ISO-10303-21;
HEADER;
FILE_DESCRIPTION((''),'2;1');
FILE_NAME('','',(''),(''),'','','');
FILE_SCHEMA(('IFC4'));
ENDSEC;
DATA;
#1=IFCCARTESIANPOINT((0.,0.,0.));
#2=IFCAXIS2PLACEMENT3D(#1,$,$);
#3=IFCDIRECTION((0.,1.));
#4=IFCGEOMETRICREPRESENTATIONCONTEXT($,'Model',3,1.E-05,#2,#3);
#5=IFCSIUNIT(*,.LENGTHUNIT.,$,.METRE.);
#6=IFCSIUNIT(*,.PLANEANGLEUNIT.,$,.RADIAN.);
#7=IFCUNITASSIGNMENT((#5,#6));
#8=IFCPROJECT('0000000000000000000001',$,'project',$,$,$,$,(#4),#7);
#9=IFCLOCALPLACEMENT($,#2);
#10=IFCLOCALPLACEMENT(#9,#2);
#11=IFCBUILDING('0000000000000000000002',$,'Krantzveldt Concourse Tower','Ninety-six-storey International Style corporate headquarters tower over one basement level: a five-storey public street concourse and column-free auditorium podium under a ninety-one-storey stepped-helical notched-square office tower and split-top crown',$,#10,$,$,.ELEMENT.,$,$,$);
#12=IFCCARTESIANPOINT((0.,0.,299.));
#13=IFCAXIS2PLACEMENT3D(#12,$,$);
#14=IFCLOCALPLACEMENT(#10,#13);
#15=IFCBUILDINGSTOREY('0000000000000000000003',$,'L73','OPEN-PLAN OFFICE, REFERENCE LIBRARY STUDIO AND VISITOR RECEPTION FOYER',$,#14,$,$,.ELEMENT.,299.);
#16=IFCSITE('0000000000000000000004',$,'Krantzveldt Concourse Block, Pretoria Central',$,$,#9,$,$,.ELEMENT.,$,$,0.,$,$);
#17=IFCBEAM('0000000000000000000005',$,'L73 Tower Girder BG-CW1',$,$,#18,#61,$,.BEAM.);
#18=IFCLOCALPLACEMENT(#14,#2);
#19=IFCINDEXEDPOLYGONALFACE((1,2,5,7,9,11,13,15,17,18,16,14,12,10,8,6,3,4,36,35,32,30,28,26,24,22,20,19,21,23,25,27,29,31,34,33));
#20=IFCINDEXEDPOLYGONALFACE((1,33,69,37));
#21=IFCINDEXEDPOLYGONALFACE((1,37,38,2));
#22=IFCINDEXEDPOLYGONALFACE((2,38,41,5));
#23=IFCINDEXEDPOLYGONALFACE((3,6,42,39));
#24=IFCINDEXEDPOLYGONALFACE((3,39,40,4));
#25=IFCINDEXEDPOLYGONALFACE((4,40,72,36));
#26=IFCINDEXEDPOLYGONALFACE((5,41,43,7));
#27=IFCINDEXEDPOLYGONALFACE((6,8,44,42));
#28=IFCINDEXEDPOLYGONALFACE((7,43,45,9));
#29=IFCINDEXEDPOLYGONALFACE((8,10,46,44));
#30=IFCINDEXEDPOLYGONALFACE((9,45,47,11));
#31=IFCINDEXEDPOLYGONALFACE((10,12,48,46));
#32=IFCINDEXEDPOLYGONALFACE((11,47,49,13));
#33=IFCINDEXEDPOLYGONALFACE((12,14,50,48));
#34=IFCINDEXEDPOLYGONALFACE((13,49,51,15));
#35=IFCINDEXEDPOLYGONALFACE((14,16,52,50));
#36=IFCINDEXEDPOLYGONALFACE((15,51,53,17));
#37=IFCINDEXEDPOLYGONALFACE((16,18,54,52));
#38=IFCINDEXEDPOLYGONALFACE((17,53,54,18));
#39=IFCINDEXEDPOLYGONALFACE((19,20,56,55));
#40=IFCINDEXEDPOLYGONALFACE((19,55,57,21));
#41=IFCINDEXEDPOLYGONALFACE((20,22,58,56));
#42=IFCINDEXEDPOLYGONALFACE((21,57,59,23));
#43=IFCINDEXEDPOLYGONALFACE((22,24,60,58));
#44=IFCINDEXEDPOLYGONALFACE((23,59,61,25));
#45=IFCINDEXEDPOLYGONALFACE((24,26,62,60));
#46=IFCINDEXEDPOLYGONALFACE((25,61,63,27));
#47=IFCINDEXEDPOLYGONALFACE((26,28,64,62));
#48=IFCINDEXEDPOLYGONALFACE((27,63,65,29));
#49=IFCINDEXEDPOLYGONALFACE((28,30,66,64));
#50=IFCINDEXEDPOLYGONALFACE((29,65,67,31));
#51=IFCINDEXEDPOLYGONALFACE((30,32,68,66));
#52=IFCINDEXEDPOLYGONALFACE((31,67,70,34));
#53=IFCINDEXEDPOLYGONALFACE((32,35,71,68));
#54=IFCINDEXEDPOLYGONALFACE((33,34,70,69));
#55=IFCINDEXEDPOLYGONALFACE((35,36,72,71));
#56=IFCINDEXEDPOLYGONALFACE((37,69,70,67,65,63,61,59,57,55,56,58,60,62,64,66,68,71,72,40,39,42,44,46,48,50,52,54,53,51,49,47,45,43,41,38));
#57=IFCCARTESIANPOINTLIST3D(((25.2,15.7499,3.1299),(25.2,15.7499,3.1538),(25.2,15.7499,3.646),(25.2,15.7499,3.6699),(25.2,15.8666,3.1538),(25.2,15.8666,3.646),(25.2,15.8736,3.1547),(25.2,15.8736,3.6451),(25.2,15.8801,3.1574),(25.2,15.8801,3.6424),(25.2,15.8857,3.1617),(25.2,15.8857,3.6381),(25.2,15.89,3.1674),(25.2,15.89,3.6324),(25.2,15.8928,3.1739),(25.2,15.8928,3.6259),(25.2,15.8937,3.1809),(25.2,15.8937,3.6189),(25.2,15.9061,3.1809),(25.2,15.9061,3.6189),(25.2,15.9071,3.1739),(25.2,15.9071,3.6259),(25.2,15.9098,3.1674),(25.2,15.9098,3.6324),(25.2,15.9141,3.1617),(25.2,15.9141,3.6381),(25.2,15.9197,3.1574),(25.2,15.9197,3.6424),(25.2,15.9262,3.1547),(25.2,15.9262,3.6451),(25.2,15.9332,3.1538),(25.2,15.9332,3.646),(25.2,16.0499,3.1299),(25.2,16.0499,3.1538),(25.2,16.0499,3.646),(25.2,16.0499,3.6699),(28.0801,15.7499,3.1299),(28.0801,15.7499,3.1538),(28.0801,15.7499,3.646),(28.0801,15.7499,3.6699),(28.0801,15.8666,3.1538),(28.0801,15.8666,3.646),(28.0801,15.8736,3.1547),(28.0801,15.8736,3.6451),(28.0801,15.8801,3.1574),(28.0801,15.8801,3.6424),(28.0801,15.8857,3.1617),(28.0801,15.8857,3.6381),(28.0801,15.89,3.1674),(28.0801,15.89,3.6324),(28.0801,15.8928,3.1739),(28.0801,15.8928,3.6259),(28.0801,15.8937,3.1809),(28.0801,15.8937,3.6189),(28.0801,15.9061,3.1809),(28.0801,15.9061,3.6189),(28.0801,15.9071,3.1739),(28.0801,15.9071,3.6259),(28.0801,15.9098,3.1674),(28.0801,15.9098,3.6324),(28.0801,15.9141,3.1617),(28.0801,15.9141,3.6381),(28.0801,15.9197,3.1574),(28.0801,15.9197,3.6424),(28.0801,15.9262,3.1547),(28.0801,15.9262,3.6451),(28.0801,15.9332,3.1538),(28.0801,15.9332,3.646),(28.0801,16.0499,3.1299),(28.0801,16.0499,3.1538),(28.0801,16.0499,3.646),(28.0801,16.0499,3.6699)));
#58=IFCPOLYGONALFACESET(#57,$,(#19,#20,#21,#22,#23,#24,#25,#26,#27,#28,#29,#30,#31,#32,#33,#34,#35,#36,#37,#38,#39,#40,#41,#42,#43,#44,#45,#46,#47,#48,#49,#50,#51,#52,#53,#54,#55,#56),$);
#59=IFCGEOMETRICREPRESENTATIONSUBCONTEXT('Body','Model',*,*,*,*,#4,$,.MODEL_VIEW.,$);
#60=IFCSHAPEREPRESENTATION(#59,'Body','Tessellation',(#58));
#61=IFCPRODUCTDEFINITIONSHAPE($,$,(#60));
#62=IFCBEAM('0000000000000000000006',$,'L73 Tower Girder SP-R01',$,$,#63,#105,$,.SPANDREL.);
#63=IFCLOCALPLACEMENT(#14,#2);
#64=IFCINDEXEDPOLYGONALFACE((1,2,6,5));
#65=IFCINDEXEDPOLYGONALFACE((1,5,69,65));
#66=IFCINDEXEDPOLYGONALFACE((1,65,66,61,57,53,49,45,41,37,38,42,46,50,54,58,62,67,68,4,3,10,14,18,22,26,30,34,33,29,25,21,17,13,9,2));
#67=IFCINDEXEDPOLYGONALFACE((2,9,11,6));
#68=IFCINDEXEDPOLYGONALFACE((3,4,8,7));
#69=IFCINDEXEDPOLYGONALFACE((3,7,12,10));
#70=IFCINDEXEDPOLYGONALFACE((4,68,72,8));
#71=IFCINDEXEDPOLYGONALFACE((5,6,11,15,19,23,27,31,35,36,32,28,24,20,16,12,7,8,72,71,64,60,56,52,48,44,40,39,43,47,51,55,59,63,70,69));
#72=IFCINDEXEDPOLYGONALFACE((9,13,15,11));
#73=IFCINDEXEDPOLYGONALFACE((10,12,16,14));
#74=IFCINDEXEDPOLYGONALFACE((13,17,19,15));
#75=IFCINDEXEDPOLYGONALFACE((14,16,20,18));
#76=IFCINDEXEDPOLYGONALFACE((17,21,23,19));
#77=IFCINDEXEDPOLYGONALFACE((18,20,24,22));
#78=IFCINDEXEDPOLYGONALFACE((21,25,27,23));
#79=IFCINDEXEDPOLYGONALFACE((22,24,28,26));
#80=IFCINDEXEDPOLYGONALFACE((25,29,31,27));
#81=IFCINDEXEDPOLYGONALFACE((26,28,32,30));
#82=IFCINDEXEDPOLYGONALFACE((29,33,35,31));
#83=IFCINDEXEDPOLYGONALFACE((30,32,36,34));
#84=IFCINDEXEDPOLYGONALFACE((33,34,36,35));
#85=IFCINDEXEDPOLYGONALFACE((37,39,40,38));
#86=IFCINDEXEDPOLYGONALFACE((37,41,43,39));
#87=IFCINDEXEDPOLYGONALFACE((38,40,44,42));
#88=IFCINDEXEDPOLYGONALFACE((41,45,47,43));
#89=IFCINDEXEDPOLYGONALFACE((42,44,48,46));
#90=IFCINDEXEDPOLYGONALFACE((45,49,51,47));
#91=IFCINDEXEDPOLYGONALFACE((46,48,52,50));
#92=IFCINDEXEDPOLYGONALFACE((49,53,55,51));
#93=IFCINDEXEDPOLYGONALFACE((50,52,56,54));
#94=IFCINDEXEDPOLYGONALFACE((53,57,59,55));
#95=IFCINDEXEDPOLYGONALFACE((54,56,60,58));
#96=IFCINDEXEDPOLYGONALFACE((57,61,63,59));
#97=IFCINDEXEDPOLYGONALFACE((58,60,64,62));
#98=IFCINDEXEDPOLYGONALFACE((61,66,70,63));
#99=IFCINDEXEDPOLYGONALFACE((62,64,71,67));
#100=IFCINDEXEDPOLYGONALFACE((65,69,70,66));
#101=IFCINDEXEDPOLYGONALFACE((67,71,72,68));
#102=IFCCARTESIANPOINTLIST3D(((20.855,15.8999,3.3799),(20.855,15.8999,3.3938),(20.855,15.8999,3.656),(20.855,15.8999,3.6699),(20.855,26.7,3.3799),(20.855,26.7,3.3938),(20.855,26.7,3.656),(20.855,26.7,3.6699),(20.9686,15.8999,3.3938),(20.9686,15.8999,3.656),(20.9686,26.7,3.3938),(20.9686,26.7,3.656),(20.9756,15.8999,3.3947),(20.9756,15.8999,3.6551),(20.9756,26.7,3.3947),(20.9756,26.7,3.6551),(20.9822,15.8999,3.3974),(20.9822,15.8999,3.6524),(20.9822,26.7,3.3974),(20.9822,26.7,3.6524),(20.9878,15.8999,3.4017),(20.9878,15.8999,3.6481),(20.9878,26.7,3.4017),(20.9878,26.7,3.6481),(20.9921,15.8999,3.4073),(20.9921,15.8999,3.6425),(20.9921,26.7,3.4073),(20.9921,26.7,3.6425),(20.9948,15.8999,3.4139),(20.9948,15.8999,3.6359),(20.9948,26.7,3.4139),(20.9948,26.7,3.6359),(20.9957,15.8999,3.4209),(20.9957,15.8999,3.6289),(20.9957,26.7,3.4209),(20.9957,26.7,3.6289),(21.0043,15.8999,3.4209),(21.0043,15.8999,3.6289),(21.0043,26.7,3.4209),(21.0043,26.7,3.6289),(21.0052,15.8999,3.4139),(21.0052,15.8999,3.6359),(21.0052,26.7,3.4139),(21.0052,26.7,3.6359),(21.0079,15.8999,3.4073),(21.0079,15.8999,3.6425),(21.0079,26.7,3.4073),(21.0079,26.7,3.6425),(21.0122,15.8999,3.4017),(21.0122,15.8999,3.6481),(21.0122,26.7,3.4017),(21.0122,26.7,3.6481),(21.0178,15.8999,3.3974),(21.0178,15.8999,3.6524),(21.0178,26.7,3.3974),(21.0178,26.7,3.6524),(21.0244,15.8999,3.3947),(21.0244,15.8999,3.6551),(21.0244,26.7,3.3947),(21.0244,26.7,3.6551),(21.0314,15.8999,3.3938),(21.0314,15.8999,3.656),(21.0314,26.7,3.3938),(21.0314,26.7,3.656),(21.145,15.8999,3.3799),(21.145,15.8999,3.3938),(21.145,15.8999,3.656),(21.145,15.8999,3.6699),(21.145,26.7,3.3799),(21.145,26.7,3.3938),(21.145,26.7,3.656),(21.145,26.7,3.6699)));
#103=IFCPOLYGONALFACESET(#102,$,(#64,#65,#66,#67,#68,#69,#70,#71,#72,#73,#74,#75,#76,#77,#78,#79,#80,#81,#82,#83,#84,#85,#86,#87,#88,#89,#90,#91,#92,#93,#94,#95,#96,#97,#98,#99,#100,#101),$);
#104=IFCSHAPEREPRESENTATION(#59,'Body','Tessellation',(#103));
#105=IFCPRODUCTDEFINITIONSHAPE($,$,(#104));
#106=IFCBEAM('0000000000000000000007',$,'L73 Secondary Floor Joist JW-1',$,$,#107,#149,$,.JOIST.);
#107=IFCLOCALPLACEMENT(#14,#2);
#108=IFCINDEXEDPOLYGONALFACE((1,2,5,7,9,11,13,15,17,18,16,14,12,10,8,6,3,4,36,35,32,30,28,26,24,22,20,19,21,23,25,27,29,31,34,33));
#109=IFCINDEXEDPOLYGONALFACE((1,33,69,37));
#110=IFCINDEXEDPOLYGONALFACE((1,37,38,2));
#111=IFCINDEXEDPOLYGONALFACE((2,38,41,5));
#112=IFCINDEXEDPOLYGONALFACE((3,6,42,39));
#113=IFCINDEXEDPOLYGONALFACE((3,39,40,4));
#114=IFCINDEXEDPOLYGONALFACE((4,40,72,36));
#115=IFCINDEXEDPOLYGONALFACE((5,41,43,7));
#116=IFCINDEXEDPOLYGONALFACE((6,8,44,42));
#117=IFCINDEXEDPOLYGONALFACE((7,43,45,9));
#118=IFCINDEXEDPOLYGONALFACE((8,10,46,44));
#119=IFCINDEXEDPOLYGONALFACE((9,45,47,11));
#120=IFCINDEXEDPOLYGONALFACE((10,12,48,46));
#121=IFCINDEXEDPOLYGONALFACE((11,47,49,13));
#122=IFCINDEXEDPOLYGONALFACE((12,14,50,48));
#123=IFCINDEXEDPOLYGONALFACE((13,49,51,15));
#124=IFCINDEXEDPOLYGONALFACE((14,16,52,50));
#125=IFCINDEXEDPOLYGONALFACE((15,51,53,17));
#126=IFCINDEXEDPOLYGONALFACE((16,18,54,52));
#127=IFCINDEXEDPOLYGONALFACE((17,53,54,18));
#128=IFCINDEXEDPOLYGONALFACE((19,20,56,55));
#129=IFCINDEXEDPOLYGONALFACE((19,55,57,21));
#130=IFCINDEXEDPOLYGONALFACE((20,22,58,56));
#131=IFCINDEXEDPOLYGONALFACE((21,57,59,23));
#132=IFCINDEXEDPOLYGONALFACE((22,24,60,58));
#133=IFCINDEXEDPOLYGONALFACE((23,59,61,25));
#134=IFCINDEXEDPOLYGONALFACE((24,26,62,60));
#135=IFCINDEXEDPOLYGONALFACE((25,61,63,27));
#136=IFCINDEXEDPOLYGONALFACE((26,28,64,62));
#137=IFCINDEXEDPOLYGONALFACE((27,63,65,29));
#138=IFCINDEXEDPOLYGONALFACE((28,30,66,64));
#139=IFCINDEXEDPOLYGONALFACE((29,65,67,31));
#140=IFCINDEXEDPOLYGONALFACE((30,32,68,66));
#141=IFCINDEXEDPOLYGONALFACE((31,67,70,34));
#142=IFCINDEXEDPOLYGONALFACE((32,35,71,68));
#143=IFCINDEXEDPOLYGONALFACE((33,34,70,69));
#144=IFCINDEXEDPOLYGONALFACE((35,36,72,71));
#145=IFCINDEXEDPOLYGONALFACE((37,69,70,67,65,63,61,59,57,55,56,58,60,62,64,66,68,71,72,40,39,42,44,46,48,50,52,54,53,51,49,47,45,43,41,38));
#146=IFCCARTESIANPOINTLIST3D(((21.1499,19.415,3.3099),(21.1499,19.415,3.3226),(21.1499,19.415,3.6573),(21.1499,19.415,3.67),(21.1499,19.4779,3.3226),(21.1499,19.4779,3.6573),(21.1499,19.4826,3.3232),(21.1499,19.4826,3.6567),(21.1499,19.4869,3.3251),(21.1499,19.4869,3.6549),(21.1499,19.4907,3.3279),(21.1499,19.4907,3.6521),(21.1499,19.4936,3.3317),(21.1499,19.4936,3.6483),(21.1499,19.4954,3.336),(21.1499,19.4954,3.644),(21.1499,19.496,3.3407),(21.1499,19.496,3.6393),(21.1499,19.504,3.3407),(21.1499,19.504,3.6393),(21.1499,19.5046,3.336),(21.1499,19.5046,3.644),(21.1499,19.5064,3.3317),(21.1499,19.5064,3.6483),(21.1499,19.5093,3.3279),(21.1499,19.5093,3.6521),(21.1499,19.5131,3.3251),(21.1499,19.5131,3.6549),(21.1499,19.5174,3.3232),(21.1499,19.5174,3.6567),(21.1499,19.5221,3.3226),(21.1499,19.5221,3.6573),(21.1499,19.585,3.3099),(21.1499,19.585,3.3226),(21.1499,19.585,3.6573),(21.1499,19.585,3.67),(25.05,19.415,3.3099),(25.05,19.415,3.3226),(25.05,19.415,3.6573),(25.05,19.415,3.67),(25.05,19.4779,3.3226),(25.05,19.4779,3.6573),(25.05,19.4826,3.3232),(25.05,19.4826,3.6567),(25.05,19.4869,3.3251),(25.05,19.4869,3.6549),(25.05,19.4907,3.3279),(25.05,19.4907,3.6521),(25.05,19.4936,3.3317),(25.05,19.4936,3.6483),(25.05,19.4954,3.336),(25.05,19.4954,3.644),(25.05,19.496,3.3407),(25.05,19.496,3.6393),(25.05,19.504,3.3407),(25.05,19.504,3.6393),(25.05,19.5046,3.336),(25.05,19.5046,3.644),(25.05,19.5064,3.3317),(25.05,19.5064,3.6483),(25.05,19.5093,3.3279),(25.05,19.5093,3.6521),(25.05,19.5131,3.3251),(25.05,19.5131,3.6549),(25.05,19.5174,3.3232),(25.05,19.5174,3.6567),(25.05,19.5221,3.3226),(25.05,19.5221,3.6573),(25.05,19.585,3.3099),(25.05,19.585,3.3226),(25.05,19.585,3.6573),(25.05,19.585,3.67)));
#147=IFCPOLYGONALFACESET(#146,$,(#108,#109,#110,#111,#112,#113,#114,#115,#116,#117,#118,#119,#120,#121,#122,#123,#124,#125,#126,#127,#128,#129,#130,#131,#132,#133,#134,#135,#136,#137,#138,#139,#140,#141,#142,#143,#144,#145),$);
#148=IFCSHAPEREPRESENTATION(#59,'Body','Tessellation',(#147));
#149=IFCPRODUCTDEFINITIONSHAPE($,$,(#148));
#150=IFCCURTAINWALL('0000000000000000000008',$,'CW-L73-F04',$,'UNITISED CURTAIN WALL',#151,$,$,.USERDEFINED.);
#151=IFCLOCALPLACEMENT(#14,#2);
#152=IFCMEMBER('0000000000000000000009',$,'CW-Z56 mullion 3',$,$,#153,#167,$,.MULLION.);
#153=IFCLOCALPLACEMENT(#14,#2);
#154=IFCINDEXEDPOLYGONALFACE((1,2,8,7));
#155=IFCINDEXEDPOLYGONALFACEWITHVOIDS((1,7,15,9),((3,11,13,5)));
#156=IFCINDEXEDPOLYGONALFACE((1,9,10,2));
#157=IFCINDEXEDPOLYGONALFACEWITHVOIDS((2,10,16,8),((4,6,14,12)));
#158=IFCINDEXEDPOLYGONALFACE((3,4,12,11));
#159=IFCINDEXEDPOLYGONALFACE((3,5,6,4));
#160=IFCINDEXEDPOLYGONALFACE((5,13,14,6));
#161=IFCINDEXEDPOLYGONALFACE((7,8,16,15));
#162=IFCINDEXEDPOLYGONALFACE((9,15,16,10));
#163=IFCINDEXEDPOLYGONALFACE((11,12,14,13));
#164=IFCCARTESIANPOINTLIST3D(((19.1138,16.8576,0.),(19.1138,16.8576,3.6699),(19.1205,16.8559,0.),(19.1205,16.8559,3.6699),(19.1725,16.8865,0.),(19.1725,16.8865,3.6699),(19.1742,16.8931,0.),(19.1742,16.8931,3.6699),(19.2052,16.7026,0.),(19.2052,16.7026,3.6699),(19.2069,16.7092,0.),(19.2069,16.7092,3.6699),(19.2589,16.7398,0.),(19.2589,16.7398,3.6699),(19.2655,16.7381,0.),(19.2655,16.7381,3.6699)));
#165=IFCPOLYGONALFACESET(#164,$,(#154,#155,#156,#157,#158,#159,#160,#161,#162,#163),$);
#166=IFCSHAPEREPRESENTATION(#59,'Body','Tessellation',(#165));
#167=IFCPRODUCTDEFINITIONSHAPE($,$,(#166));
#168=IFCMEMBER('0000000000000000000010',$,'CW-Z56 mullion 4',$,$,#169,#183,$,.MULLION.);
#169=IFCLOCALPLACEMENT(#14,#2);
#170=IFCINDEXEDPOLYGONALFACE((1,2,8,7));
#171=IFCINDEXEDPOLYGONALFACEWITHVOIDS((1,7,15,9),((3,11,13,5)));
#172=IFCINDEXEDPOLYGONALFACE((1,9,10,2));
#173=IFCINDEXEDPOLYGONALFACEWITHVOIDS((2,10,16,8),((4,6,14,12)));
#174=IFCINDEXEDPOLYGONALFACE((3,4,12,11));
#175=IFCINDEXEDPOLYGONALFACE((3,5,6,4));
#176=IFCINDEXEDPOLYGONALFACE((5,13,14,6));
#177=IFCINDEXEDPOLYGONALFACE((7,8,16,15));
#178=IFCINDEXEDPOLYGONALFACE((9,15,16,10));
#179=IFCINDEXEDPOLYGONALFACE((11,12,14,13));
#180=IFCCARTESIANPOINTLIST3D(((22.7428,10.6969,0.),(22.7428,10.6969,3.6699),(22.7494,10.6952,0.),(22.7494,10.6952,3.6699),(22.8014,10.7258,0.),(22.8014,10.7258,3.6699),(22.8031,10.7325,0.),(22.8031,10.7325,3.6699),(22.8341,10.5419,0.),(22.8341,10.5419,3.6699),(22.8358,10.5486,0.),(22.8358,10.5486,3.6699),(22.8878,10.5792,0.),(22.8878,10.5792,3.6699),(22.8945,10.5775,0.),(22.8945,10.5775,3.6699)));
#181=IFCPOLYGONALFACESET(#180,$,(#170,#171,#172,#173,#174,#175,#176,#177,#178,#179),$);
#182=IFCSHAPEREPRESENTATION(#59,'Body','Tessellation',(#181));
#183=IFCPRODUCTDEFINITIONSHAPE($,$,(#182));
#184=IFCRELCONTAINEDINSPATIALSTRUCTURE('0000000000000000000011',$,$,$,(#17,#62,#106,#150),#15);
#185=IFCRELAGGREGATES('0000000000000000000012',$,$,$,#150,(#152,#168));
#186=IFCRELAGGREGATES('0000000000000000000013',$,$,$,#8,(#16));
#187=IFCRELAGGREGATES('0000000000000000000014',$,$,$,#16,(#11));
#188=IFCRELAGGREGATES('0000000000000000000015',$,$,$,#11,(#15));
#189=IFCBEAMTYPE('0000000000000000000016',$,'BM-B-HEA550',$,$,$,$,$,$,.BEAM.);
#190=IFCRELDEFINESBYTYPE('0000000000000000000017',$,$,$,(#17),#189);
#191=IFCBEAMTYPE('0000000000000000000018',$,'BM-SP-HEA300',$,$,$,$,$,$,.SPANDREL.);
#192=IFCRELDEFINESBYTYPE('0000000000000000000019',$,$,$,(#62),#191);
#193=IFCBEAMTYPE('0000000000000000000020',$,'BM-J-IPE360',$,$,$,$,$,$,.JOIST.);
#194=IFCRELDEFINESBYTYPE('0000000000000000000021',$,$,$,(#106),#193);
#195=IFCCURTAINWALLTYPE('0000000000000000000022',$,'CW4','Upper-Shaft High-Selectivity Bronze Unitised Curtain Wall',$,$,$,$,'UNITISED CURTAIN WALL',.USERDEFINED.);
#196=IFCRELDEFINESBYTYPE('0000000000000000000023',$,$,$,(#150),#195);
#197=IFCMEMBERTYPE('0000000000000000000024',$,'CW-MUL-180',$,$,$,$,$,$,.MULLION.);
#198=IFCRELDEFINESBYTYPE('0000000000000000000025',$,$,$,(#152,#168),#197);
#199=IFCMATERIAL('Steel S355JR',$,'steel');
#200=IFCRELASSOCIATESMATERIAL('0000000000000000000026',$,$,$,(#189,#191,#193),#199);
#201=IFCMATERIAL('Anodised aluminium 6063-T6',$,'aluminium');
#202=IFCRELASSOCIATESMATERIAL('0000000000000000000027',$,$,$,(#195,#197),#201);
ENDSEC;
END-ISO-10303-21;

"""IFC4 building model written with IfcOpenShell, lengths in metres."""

from ifc_helpers import new_model, si_unit, direction, frame, origin, origin_2d, place, context, subcontext, project, spatial, hollow_rectangle, i_section, extrude, source, transform, mapped, material, material_profile, profile_set, type_object, type_shapes, element, aggregate, save


model = new_model("IFC4")

# Units and contexts
model_context = context("Model", 3, precision=1e-05, world=origin(), true_north=direction((0.0, 1.0)))
body_context = subcontext(model_context, "Body", "Model", "MODEL_VIEW")
ifc_project = project(units=[si_unit("LENGTHUNIT", "METRE"), si_unit("PLANEANGLEUNIT", "RADIAN")], contexts=[model_context])

# Site, building, storey
site_placement = place(None, origin())
site = spatial("IfcSite", under=ifc_project, at=site_placement, Name="Krantzveldt Concourse Block, Pretoria Central", CompositionType="ELEMENT", RefElevation=0.0)
building_placement = place(site_placement, origin())
building = spatial("IfcBuilding", under=site, at=building_placement, Name="Krantzveldt Concourse Tower", Description="Ninety-six-storey International Style corporate headquarters tower over one basement level: a five-storey public street concourse and column-free auditorium podium under a ninety-one-storey stepped-helical notched-square office tower and split-top crown", CompositionType="ELEMENT")
storey_placement = place(building_placement, frame((0.0, 0.0, 299.0)))
storey = spatial("IfcBuildingStorey", under=building, at=storey_placement, Name="L73", Description="OPEN-PLAN OFFICE, REFERENCE LIBRARY STUDIO AND VISITOR RECEPTION FOYER", CompositionType="ELEMENT", Elevation=299.0)

# Beams
ifc_material_1 = material(Name="Steel S355JR", Category="steel")
ifc_material_profile_1 = material_profile(ifc_material_1, i_section(OverallWidth=0.3, OverallDepth=0.54, WebThickness=0.0125, FlangeThickness=0.0239, FilletRadius=0.0271, at=origin_2d()), Name="Steel S355JR", Category="steel")
ifc_profile_set_1 = profile_set([ifc_material_profile_1], Name="Steel S355JR - HEA 550")
beam_type_1 = type_object("IfcBeamType", Name="BM-B-HEA550", PredefinedType="BEAM", material=ifc_profile_set_1)
shared_shape_1 = source(origin(), body_context, "Body", "SweptSolid", [
    extrude(i_section(OverallWidth=0.3, OverallDepth=0.54, WebThickness=0.0125, FlangeThickness=0.0239, FilletRadius=0.0271, at=origin_2d()), origin(), (0.0, 0.0, 1.0), 2.8801),
])
beam_1_placement = place(storey_placement, frame((25.2, 15.8999, 3.3999), z_axis=(1.0, 0.0, 0.0), x_axis=(0.0, 1.0, 0.0)))
element("IfcBeam", 1, at=beam_1_placement, inside=storey, type_object=beam_type_1, Name="L73 Tower Girder BG-CW1", PredefinedType="BEAM", context=body_context, shape_type="MappedRepresentation", body=[
    mapped(shared_shape_1, transform((0.0, 0.0, 0.0), x_axis=(1.0, 0.0, 0.0), y_axis=(0.0, 1.0, 0.0), z_axis=(0.0, 0.0, 1.0), scale=1.0)),
])
ifc_material_profile_2 = material_profile(ifc_material_1, i_section(OverallWidth=0.29, OverallDepth=0.29, WebThickness=0.0085, FlangeThickness=0.0139, FilletRadius=0.0271, at=origin_2d()), Name="Steel S355JR", Category="steel")
ifc_profile_set_2 = profile_set([ifc_material_profile_2], Name="Steel S355JR - HEA 300")
beam_type_2 = type_object("IfcBeamType", Name="BM-SP-HEA300", PredefinedType="SPANDREL", material=ifc_profile_set_2)
shared_shape_2 = source(origin(), body_context, "Body", "SweptSolid", [
    extrude(i_section(OverallWidth=0.29, OverallDepth=0.29, WebThickness=0.0085, FlangeThickness=0.0139, FilletRadius=0.0271, at=origin_2d()), origin(), (0.0, 0.0, 1.0), 10.8),
])
type_shapes(beam_type_2, [shared_shape_2])
beam_2_placement = place(storey_placement, frame((21.0, 15.8999, 3.5249), z_axis=(0.0, 1.0, 0.0), x_axis=(-1.0, 0.0, 0.0)))
element("IfcBeam", 2, at=beam_2_placement, inside=storey, type_object=beam_type_2, Name="L73 Tower Girder SP-R01", PredefinedType="SPANDREL", context=body_context, shape_type="MappedRepresentation", body=[
    mapped(shared_shape_2, transform((0.0, 0.0, 0.0), x_axis=(1.0, 0.0, 0.0), y_axis=(0.0, 1.0, 0.0), z_axis=(0.0, 0.0, 1.0), scale=1.0)),
])
ifc_material_profile_3 = material_profile(ifc_material_1, i_section(OverallWidth=0.1699, OverallDepth=0.3601, WebThickness=0.0081, FlangeThickness=0.0127, FilletRadius=0.0181, at=origin_2d()), Name="Steel S355JR", Category="steel")
ifc_profile_set_3 = profile_set([ifc_material_profile_3], Name="Steel S355JR - IPE 360")
beam_type_3 = type_object("IfcBeamType", Name="BM-J-IPE360", PredefinedType="JOIST", material=ifc_profile_set_3)
shared_shape_3 = source(origin(), body_context, "Body", "SweptSolid", [
    extrude(i_section(OverallWidth=0.1699, OverallDepth=0.3601, WebThickness=0.0081, FlangeThickness=0.0127, FilletRadius=0.0181, at=origin_2d()), origin(), (0.0, 0.0, 1.0), 3.9001),
])
type_shapes(beam_type_3, [shared_shape_3])
beam_3_placement = place(storey_placement, frame((21.1499, 19.5, 3.49), z_axis=(1.0, 0.0, 0.0), x_axis=(0.0, 1.0, 0.0)))
element("IfcBeam", 3, at=beam_3_placement, inside=storey, type_object=beam_type_3, Name="L73 Secondary Floor Joist JW-1", PredefinedType="JOIST", context=body_context, shape_type="MappedRepresentation", body=[
    mapped(shared_shape_3, transform((0.0, 0.0, 0.0), x_axis=(1.0, 0.0, 0.0), y_axis=(0.0, 1.0, 0.0), z_axis=(0.0, 0.0, 1.0), scale=1.0)),
])

# Curtain wall, members
ifc_material_2 = material(Name="Anodised aluminium 6063-T6", Category="aluminium")
curtain_wall_type = type_object("IfcCurtainWallType", Name="CW4", Description="Upper-Shaft High-Selectivity Bronze Unitised Curtain Wall", ElementType="UNITISED CURTAIN WALL", PredefinedType="USERDEFINED", material=ifc_material_2)
curtain_wall_placement = place(storey_placement, origin())
curtain_wall = element("IfcCurtainWall", 4, at=curtain_wall_placement, inside=storey, type_object=curtain_wall_type, Name="CW-L73-F04", ObjectType="UNITISED CURTAIN WALL", PredefinedType="USERDEFINED")
ifc_material_profile_4 = material_profile(ifc_material_2, hollow_rectangle(XDim=0.0701, YDim=0.1799, WallThickness=0.0049, at=origin_2d()), Name="Anodised aluminium 6063-T6", Category="aluminium")
ifc_profile_set_4 = profile_set([ifc_material_profile_4], Name="Anodised aluminium 6063-T6 - ALU-MULL 180x70x5")
member_type_1 = type_object("IfcMemberType", Name="CW-MUL-180", PredefinedType="MULLION", material=ifc_profile_set_4)
shared_shape_4 = source(origin(), body_context, "Body", "SweptSolid", [
    extrude(hollow_rectangle(XDim=0.0701, YDim=0.1799, WallThickness=0.0049, at=origin_2d()), origin(), (0.0, 0.0, 1.0), 3.6699),
])
type_shapes(member_type_1, [shared_shape_4])
member_1_placement = place(storey_placement, frame((19.1897, 16.7979, 0.0), z_axis=(0.0, 0.0, 1.0), x_axis=(0.861629, 0.507538, 0.0)))
member_1 = element("IfcMember", 5, at=member_1_placement, type_object=member_type_1, Name="CW-Z56 mullion 3", PredefinedType="MULLION", context=body_context, shape_type="MappedRepresentation", body=[
    mapped(shared_shape_4, transform((0.0, 0.0, 0.0), x_axis=(1.0, 0.0, 0.0), y_axis=(0.0, 1.0, 0.0), z_axis=(0.0, 0.0, 1.0), scale=1.0)),
])
member_2_placement = place(storey_placement, frame((22.8186, 10.6372, 0.0), z_axis=(0.0, 0.0, 1.0), x_axis=(0.861629, 0.507538, 0.0)))
member_2 = element("IfcMember", 6, at=member_2_placement, type_object=member_type_1, Name="CW-Z56 mullion 4", PredefinedType="MULLION", context=body_context, shape_type="MappedRepresentation", body=[
    mapped(shared_shape_4, transform((0.0, 0.0, 0.0), x_axis=(1.0, 0.0, 0.0), y_axis=(0.0, 1.0, 0.0), z_axis=(0.0, 0.0, 1.0), scale=1.0)),
])

aggregate(curtain_wall, [member_1, member_2])

save(model, "model.ifc")
